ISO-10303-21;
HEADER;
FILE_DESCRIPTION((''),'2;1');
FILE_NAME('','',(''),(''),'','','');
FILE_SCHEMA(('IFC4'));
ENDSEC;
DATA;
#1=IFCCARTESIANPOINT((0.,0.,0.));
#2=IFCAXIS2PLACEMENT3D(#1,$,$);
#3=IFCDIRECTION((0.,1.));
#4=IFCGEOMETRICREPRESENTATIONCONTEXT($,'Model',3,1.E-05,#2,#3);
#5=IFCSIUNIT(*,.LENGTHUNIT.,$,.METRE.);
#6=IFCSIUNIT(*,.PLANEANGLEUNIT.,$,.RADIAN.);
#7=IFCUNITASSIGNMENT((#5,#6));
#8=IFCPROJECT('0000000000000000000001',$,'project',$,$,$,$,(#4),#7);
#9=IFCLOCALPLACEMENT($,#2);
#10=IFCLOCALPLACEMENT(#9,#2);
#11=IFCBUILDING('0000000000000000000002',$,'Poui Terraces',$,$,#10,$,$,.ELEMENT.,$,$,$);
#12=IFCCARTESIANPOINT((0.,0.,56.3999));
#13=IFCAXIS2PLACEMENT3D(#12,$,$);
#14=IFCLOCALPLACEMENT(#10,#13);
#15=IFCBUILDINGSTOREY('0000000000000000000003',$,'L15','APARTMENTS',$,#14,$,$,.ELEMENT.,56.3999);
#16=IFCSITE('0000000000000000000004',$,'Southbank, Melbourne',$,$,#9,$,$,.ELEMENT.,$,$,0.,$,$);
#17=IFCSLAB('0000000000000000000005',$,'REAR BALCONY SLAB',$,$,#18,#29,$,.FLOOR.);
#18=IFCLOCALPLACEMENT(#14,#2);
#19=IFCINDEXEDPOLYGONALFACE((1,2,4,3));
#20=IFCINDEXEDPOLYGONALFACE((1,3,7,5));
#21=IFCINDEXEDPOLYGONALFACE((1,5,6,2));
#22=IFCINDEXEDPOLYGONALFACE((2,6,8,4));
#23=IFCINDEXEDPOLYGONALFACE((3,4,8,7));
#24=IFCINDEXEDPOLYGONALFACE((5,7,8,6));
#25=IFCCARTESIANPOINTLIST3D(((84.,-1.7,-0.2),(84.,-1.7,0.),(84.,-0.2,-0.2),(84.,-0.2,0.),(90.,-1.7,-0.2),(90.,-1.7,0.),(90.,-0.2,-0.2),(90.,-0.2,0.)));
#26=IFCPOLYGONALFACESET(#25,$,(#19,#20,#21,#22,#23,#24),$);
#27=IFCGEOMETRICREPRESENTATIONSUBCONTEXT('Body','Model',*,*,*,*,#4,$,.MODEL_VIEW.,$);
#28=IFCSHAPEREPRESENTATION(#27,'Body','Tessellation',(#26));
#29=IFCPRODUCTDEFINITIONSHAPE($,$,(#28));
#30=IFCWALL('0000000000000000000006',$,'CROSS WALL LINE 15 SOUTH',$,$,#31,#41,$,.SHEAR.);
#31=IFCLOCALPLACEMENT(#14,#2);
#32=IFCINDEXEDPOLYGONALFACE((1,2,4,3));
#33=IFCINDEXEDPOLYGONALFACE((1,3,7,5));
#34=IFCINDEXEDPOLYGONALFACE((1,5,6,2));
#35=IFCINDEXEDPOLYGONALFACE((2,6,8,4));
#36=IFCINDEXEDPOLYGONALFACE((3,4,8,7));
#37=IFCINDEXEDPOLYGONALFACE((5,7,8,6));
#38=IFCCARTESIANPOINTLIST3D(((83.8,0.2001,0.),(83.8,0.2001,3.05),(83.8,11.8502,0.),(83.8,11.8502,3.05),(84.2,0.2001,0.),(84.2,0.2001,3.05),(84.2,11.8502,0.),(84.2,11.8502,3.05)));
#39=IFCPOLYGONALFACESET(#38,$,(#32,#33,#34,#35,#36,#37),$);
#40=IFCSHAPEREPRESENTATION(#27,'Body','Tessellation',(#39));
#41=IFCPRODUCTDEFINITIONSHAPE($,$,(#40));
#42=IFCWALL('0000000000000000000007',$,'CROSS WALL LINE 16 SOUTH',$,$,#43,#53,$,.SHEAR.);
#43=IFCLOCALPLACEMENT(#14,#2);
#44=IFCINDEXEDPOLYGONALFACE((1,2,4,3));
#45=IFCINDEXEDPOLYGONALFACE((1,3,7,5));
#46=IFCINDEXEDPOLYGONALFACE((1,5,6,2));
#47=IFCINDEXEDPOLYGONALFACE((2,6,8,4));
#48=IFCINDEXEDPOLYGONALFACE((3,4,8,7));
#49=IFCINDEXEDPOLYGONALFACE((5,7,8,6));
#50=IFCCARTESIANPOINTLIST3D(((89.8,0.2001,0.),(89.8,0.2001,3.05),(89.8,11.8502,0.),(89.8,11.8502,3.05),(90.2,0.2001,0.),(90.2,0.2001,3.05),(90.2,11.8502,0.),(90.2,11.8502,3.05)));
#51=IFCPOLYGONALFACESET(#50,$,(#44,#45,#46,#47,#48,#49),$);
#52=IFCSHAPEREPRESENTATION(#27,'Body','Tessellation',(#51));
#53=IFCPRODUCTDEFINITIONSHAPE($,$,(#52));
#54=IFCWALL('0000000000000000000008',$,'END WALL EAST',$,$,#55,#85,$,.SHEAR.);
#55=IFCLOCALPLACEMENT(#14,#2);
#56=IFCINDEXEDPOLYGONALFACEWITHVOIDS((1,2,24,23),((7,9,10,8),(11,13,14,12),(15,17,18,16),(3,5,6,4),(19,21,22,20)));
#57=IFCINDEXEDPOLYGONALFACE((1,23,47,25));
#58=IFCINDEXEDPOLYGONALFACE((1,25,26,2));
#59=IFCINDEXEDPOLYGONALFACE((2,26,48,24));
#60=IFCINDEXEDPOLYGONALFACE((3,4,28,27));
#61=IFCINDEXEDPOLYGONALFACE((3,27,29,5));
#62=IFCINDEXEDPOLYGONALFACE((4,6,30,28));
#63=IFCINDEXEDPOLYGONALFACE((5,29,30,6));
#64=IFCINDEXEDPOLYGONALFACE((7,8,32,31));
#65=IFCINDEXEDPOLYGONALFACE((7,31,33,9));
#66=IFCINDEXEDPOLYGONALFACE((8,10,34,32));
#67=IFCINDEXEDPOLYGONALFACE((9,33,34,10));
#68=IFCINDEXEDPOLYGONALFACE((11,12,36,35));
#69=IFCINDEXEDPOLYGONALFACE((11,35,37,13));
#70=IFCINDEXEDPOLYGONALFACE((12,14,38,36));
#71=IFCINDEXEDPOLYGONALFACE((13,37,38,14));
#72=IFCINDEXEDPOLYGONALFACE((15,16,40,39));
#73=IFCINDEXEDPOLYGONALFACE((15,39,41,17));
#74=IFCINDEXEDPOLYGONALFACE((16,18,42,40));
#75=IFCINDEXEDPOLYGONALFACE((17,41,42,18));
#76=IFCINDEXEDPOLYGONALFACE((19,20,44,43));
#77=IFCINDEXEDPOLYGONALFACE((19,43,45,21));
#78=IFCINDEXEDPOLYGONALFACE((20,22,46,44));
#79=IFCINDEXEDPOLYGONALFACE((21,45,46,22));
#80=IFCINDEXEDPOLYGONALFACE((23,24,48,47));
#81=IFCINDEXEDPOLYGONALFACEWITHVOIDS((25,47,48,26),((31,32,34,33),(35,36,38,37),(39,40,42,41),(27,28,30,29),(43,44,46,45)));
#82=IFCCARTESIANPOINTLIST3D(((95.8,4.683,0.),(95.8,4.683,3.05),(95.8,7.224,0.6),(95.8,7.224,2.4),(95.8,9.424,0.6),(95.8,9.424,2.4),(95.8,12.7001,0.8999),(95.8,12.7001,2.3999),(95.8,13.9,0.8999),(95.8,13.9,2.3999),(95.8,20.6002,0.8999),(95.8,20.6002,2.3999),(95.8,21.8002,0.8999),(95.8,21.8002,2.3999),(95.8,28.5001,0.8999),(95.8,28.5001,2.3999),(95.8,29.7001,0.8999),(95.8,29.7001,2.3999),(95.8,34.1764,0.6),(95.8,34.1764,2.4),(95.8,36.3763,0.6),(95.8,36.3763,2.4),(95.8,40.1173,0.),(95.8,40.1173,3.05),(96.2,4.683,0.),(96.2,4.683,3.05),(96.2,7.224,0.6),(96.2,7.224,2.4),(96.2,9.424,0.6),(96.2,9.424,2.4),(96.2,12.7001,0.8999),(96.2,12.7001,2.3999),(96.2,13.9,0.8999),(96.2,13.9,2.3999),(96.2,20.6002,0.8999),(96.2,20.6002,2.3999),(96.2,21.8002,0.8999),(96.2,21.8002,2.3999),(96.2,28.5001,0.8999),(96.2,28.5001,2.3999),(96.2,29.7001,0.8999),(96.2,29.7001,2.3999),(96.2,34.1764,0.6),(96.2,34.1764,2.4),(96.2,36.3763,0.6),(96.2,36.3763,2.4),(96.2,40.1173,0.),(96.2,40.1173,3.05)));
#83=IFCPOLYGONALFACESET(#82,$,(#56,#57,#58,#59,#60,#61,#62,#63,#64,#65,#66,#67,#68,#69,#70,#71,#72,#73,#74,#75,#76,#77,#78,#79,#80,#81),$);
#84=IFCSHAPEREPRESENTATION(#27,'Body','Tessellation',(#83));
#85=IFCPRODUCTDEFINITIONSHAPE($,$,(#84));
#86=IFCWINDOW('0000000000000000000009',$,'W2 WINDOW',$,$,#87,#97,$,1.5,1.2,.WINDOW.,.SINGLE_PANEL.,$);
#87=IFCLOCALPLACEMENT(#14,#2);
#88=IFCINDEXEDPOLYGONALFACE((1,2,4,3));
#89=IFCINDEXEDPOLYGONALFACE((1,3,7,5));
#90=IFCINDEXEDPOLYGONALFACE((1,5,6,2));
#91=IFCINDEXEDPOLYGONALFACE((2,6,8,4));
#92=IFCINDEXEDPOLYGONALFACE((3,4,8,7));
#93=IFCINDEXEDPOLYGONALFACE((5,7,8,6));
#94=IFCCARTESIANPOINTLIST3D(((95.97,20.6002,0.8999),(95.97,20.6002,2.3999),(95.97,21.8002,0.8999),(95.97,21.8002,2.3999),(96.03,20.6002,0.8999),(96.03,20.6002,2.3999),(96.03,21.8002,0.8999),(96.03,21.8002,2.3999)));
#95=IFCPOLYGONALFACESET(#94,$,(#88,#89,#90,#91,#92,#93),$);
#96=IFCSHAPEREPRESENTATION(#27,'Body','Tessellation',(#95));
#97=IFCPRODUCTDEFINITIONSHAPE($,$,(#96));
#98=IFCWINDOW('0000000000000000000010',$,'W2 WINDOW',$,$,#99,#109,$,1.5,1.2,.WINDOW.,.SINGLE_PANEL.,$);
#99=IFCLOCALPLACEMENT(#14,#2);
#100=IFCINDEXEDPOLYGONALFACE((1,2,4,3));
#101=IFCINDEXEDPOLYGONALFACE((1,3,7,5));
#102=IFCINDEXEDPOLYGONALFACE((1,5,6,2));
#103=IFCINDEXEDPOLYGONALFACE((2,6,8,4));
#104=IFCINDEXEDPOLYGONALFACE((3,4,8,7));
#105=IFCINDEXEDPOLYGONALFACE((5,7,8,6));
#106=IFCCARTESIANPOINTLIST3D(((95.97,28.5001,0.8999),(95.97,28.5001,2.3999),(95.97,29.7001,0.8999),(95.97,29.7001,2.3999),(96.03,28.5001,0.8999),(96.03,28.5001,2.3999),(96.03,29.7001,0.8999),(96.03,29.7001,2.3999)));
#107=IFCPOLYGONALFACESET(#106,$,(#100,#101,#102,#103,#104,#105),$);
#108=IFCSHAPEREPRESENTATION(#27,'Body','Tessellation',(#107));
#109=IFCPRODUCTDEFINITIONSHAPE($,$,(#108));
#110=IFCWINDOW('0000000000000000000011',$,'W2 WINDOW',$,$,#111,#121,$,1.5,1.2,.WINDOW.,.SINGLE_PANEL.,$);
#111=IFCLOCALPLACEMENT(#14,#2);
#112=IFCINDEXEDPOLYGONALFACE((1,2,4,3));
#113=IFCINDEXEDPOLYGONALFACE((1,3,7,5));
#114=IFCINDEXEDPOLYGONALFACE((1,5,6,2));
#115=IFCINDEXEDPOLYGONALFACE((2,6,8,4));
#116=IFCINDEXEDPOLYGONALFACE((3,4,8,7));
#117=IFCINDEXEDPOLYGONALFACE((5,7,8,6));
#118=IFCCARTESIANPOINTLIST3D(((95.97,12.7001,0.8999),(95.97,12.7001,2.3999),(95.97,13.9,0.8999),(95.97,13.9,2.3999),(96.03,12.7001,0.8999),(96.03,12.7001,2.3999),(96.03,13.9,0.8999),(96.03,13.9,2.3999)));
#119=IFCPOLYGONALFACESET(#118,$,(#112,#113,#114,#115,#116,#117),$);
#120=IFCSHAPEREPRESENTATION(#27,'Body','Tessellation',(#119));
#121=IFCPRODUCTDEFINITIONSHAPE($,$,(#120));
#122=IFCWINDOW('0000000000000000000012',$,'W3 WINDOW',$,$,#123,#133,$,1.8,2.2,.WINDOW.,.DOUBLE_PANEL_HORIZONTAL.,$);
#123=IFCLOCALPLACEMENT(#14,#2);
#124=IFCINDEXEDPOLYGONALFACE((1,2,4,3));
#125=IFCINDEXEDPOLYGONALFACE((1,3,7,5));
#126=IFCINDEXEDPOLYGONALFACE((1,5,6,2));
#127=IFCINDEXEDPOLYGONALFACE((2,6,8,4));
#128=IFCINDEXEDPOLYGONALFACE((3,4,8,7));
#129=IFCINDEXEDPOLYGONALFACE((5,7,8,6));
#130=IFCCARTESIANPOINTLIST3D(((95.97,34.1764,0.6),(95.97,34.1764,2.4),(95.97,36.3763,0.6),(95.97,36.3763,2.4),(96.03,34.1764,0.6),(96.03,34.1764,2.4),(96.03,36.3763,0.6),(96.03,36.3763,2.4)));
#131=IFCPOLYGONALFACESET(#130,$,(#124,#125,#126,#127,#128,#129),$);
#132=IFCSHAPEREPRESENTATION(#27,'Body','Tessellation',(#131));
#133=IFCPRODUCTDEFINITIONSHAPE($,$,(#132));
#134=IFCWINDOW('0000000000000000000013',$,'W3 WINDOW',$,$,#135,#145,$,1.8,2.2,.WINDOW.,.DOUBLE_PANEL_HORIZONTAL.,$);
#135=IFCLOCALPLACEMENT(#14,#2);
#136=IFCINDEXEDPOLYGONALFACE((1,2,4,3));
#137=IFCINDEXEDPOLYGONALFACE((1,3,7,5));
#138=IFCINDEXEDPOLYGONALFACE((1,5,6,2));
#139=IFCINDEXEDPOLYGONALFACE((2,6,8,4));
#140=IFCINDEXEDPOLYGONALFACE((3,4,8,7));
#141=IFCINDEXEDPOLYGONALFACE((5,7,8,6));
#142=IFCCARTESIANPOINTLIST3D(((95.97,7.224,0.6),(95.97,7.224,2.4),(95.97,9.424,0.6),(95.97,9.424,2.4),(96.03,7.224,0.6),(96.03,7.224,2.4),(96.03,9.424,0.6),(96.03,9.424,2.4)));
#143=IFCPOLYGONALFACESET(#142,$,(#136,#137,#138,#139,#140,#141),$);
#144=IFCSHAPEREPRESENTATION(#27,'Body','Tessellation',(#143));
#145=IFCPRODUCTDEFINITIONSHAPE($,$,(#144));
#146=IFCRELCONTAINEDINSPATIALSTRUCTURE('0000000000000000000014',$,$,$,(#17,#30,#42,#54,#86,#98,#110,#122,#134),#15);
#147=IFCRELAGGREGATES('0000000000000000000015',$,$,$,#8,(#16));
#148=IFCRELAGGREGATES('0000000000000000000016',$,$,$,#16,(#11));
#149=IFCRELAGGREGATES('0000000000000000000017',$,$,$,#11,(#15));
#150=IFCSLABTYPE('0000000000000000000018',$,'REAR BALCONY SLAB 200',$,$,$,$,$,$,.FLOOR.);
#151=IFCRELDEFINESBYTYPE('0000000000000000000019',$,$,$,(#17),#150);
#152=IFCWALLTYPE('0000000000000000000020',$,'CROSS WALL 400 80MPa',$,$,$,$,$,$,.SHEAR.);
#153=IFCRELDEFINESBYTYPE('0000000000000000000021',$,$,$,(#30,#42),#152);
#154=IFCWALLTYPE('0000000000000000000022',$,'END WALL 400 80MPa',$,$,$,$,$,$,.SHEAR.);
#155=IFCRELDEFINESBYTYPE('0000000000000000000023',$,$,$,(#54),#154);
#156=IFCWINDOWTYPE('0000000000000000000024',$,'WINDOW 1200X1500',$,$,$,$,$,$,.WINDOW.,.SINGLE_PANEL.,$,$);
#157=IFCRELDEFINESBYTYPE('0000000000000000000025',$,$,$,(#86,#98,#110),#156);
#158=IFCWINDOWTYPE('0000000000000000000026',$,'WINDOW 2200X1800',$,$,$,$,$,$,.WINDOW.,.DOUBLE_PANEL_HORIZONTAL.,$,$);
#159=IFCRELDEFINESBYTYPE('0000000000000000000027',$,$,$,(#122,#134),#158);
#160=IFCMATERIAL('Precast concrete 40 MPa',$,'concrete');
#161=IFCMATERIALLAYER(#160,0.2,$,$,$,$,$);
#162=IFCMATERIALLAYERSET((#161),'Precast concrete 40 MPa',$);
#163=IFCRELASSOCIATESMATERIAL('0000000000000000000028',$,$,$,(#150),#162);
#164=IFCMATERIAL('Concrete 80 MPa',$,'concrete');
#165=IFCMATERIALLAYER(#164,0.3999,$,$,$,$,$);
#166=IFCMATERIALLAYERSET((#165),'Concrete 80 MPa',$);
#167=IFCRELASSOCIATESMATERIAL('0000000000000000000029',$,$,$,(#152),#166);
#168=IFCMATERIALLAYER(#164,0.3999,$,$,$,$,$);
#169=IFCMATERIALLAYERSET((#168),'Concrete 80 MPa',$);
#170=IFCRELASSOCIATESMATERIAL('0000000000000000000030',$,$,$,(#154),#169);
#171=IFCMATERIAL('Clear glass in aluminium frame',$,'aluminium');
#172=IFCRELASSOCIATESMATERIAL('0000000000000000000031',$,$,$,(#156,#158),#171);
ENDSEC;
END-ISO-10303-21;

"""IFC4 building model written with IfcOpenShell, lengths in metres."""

from ifc_helpers import new_model, si_unit, direction, frame, frame_2d, origin, place, context, subcontext, project, spatial, polyline, rectangle, outline, extrude, source, transform, mapped, material, layer, layer_set, type_object, element, fill, save


model = new_model("IFC4")

# Units and contexts
model_context = context("Model", 3, precision=1e-05, world=origin(), true_north=direction((0.0, 1.0)))
body_context = subcontext(model_context, "Body", "Model", "MODEL_VIEW")
ifc_project = project(units=[si_unit("LENGTHUNIT", "METRE"), si_unit("PLANEANGLEUNIT", "RADIAN")], contexts=[model_context])

# Site, building, storey
site_placement = place(None, origin())
site = spatial("IfcSite", under=ifc_project, at=site_placement, Name="Southbank, Melbourne", CompositionType="ELEMENT", RefElevation=0.0)
building_placement = place(site_placement, origin())
building = spatial("IfcBuilding", under=site, at=building_placement, Name="Poui Terraces", CompositionType="ELEMENT")
storey_placement = place(building_placement, frame((0.0, 0.0, 56.3999)))
storey = spatial("IfcBuildingStorey", under=building, at=storey_placement, Name="L15", Description="APARTMENTS", CompositionType="ELEMENT", Elevation=56.3999)

# Slab
ifc_material_1 = material(Name="Precast concrete 40 MPa", Category="concrete")
ifc_layer_1 = layer(ifc_material_1, 0.2)
ifc_layer_set_1 = layer_set([ifc_layer_1], Name="Precast concrete 40 MPa")
slab_type = type_object("IfcSlabType", Name="REAR BALCONY SLAB 200", PredefinedType="FLOOR", material=ifc_layer_set_1)
shared_shape_1 = source(origin(), body_context, "Body", "SweptSolid", [
    extrude(outline(polyline([(0.0, 0.0), (6.0, 0.0), (6.0, 1.5), (0.0, 1.5), (0.0, 0.0)])), origin(), (0.0, 0.0, 1.0), 0.2),
])
slab_placement = place(storey_placement, frame((84.0, -1.7, -0.2)))
element("IfcSlab", 1, at=slab_placement, inside=storey, type_object=slab_type, Name="REAR BALCONY SLAB", PredefinedType="FLOOR", context=body_context, shape_type="MappedRepresentation", body=[
    mapped(shared_shape_1, transform((0.0, 0.0, 0.0))),
])

# Walls
ifc_material_2 = material(Name="Concrete 80 MPa", Category="concrete")
ifc_layer_2 = layer(ifc_material_2, 0.3999)
ifc_layer_set_2 = layer_set([ifc_layer_2], Name="Concrete 80 MPa")
wall_type_1 = type_object("IfcWallType", Name="CROSS WALL 400 80MPa", PredefinedType="SHEAR", material=ifc_layer_set_2)
for number, where, z_axis, x_axis, name in (
    (2, (84.0, 0.2, 0.0), (0.0, 0.0, 1.0), (0.0, 1.0, 0.0), "CROSS WALL LINE 15 SOUTH"),
    (3, (90.0, 0.2, 0.0), (0.0, 0.0, 1.0), (0.0, 1.0, 0.0), "CROSS WALL LINE 16 SOUTH"),
):
    element("IfcWall", number, at=place(storey_placement, frame(where, z_axis=z_axis, x_axis=x_axis)), inside=storey, type_object=wall_type_1, Name=name, PredefinedType="SHEAR", context=body_context, shape_type="SweptSolid", body=[
        extrude(rectangle(XDim=11.6501, YDim=0.3999, at=frame_2d((5.8252, 0.0))), origin(), (0.0, 0.0, 1.0), 3.05),
    ])

# Wall, openings, windows
ifc_layer_3 = layer(ifc_material_2, 0.3999)
ifc_layer_set_3 = layer_set([ifc_layer_3], Name="Concrete 80 MPa")
wall_type_2 = type_object("IfcWallType", Name="END WALL 400 80MPa", PredefinedType="SHEAR", material=ifc_layer_set_3)
wall_1_placement = place(storey_placement, frame((96.0, 4.6829, 0.0), z_axis=(0.0, 0.0, 1.0), x_axis=(0.0, 1.0, 0.0)))
wall_1 = element("IfcWall", 4, at=wall_1_placement, inside=storey, type_object=wall_type_2, Name="END WALL EAST", PredefinedType="SHEAR", context=body_context, shape_type="SweptSolid", body=[
    extrude(rectangle(XDim=35.4343, YDim=0.3999, at=frame_2d((17.7173, 0.0))), origin(), (0.0, 0.0, 1.0), 3.05),
])
opening_1_placement = place(wall_1_placement, frame((15.9172, 0.0, 0.8999)))
opening_1 = element("IfcOpeningElement", 5, at=opening_1_placement, cuts=wall_1, PredefinedType="OPENING", context=body_context, shape_type="SweptSolid", body=[
    extrude(rectangle(XDim=1.2, YDim=1.5, at=frame_2d((0.6001, 0.75))), frame((0.0, 0.21, 0.0), z_axis=(0.0, -1.0, 0.0), x_axis=(1.0, 0.0, 0.0)), (0.0, 0.0, 1.0), 0.4199),
])
opening_2_placement = place(wall_1_placement, frame((23.8171, 0.0, 0.8999)))
opening_2 = element("IfcOpeningElement", 6, at=opening_2_placement, cuts=wall_1, PredefinedType="OPENING", context=body_context, shape_type="SweptSolid", body=[
    extrude(rectangle(XDim=1.2, YDim=1.5, at=frame_2d((0.6001, 0.75))), frame((0.0, 0.21, 0.0), z_axis=(0.0, -1.0, 0.0), x_axis=(1.0, 0.0, 0.0)), (0.0, 0.0, 1.0), 0.4199),
])
opening_3_placement = place(wall_1_placement, frame((8.0171, 0.0, 0.8999)))
opening_3 = element("IfcOpeningElement", 7, at=opening_3_placement, cuts=wall_1, PredefinedType="OPENING", context=body_context, shape_type="SweptSolid", body=[
    extrude(rectangle(XDim=1.2, YDim=1.5, at=frame_2d((0.6001, 0.75))), frame((0.0, 0.21, 0.0), z_axis=(0.0, -1.0, 0.0), x_axis=(1.0, 0.0, 0.0)), (0.0, 0.0, 1.0), 0.4199),
])
opening_4_placement = place(wall_1_placement, frame((29.4934, 0.0, 0.6001)))
opening_4 = element("IfcOpeningElement", 8, at=opening_4_placement, cuts=wall_1, PredefinedType="OPENING", context=body_context, shape_type="SweptSolid", body=[
    extrude(rectangle(XDim=2.2, YDim=1.8, at=frame_2d((1.1001, 0.8999))), frame((0.0, 0.21, 0.0), z_axis=(0.0, -1.0, 0.0), x_axis=(1.0, 0.0, 0.0)), (0.0, 0.0, 1.0), 0.4199),
])
opening_5_placement = place(wall_1_placement, frame((2.541, 0.0, 0.6001)))
opening_5 = element("IfcOpeningElement", 9, at=opening_5_placement, cuts=wall_1, PredefinedType="OPENING", context=body_context, shape_type="SweptSolid", body=[
    extrude(rectangle(XDim=2.2, YDim=1.8, at=frame_2d((1.1001, 0.8999))), frame((0.0, 0.21, 0.0), z_axis=(0.0, -1.0, 0.0), x_axis=(1.0, 0.0, 0.0)), (0.0, 0.0, 1.0), 0.4199),
])
ifc_material_3 = material(Name="Clear glass in aluminium frame", Category="aluminium")
window_type_1 = type_object("IfcWindowType", Name="WINDOW 1200X1500", PartitioningType="SINGLE_PANEL", PredefinedType="WINDOW", material=ifc_material_3)
window_1_placement = place(opening_1_placement, origin())
window_1 = element("IfcWindow", 10, at=window_1_placement, inside=storey, type_object=window_type_1, Name="W2 WINDOW", OverallHeight=1.5, OverallWidth=1.2, PartitioningType="SINGLE_PANEL", PredefinedType="WINDOW", context=body_context, shape_type="SweptSolid", body=[
    extrude(rectangle(XDim=1.2, YDim=1.5, at=frame_2d((0.6001, 0.75))), frame((0.0, 0.03, 0.0), z_axis=(0.0, -1.0, 0.0), x_axis=(1.0, 0.0, 0.0)), (0.0, 0.0, 1.0), 0.0601),
])
fill(opening_1, window_1)
window_2_placement = place(opening_2_placement, origin())
window_2 = element("IfcWindow", 11, at=window_2_placement, inside=storey, type_object=window_type_1, Name="W2 WINDOW", OverallHeight=1.5, OverallWidth=1.2, PartitioningType="SINGLE_PANEL", PredefinedType="WINDOW", context=body_context, shape_type="SweptSolid", body=[
    extrude(rectangle(XDim=1.2, YDim=1.5, at=frame_2d((0.6001, 0.75))), frame((0.0, 0.03, 0.0), z_axis=(0.0, -1.0, 0.0), x_axis=(1.0, 0.0, 0.0)), (0.0, 0.0, 1.0), 0.0601),
])
fill(opening_2, window_2)
window_3_placement = place(opening_3_placement, origin())
window_3 = element("IfcWindow", 12, at=window_3_placement, inside=storey, type_object=window_type_1, Name="W2 WINDOW", OverallHeight=1.5, OverallWidth=1.2, PartitioningType="SINGLE_PANEL", PredefinedType="WINDOW", context=body_context, shape_type="SweptSolid", body=[
    extrude(rectangle(XDim=1.2, YDim=1.5, at=frame_2d((0.6001, 0.75))), frame((0.0, 0.03, 0.0), z_axis=(0.0, -1.0, 0.0), x_axis=(1.0, 0.0, 0.0)), (0.0, 0.0, 1.0), 0.0601),
])
fill(opening_3, window_3)
window_type_2 = type_object("IfcWindowType", Name="WINDOW 2200X1800", PartitioningType="DOUBLE_PANEL_HORIZONTAL", PredefinedType="WINDOW", material=ifc_material_3)
window_4_placement = place(opening_4_placement, origin())
window_4 = element("IfcWindow", 13, at=window_4_placement, inside=storey, type_object=window_type_2, Name="W3 WINDOW", OverallHeight=1.8, OverallWidth=2.2, PartitioningType="DOUBLE_PANEL_HORIZONTAL", PredefinedType="WINDOW", context=body_context, shape_type="SweptSolid", body=[
    extrude(rectangle(XDim=2.2, YDim=1.8, at=frame_2d((1.1001, 0.8999))), frame((0.0, 0.03, 0.0), z_axis=(0.0, -1.0, 0.0), x_axis=(1.0, 0.0, 0.0)), (0.0, 0.0, 1.0), 0.0601),
])
fill(opening_4, window_4)
window_5_placement = place(opening_5_placement, origin())
window_5 = element("IfcWindow", 14, at=window_5_placement, inside=storey, type_object=window_type_2, Name="W3 WINDOW", OverallHeight=1.8, OverallWidth=2.2, PartitioningType="DOUBLE_PANEL_HORIZONTAL", PredefinedType="WINDOW", context=body_context, shape_type="SweptSolid", body=[
    extrude(rectangle(XDim=2.2, YDim=1.8, at=frame_2d((1.1001, 0.8999))), frame((0.0, 0.03, 0.0), z_axis=(0.0, -1.0, 0.0), x_axis=(1.0, 0.0, 0.0)), (0.0, 0.0, 1.0), 0.0601),
])
fill(opening_5, window_5)

save(model, "model.ifc")
